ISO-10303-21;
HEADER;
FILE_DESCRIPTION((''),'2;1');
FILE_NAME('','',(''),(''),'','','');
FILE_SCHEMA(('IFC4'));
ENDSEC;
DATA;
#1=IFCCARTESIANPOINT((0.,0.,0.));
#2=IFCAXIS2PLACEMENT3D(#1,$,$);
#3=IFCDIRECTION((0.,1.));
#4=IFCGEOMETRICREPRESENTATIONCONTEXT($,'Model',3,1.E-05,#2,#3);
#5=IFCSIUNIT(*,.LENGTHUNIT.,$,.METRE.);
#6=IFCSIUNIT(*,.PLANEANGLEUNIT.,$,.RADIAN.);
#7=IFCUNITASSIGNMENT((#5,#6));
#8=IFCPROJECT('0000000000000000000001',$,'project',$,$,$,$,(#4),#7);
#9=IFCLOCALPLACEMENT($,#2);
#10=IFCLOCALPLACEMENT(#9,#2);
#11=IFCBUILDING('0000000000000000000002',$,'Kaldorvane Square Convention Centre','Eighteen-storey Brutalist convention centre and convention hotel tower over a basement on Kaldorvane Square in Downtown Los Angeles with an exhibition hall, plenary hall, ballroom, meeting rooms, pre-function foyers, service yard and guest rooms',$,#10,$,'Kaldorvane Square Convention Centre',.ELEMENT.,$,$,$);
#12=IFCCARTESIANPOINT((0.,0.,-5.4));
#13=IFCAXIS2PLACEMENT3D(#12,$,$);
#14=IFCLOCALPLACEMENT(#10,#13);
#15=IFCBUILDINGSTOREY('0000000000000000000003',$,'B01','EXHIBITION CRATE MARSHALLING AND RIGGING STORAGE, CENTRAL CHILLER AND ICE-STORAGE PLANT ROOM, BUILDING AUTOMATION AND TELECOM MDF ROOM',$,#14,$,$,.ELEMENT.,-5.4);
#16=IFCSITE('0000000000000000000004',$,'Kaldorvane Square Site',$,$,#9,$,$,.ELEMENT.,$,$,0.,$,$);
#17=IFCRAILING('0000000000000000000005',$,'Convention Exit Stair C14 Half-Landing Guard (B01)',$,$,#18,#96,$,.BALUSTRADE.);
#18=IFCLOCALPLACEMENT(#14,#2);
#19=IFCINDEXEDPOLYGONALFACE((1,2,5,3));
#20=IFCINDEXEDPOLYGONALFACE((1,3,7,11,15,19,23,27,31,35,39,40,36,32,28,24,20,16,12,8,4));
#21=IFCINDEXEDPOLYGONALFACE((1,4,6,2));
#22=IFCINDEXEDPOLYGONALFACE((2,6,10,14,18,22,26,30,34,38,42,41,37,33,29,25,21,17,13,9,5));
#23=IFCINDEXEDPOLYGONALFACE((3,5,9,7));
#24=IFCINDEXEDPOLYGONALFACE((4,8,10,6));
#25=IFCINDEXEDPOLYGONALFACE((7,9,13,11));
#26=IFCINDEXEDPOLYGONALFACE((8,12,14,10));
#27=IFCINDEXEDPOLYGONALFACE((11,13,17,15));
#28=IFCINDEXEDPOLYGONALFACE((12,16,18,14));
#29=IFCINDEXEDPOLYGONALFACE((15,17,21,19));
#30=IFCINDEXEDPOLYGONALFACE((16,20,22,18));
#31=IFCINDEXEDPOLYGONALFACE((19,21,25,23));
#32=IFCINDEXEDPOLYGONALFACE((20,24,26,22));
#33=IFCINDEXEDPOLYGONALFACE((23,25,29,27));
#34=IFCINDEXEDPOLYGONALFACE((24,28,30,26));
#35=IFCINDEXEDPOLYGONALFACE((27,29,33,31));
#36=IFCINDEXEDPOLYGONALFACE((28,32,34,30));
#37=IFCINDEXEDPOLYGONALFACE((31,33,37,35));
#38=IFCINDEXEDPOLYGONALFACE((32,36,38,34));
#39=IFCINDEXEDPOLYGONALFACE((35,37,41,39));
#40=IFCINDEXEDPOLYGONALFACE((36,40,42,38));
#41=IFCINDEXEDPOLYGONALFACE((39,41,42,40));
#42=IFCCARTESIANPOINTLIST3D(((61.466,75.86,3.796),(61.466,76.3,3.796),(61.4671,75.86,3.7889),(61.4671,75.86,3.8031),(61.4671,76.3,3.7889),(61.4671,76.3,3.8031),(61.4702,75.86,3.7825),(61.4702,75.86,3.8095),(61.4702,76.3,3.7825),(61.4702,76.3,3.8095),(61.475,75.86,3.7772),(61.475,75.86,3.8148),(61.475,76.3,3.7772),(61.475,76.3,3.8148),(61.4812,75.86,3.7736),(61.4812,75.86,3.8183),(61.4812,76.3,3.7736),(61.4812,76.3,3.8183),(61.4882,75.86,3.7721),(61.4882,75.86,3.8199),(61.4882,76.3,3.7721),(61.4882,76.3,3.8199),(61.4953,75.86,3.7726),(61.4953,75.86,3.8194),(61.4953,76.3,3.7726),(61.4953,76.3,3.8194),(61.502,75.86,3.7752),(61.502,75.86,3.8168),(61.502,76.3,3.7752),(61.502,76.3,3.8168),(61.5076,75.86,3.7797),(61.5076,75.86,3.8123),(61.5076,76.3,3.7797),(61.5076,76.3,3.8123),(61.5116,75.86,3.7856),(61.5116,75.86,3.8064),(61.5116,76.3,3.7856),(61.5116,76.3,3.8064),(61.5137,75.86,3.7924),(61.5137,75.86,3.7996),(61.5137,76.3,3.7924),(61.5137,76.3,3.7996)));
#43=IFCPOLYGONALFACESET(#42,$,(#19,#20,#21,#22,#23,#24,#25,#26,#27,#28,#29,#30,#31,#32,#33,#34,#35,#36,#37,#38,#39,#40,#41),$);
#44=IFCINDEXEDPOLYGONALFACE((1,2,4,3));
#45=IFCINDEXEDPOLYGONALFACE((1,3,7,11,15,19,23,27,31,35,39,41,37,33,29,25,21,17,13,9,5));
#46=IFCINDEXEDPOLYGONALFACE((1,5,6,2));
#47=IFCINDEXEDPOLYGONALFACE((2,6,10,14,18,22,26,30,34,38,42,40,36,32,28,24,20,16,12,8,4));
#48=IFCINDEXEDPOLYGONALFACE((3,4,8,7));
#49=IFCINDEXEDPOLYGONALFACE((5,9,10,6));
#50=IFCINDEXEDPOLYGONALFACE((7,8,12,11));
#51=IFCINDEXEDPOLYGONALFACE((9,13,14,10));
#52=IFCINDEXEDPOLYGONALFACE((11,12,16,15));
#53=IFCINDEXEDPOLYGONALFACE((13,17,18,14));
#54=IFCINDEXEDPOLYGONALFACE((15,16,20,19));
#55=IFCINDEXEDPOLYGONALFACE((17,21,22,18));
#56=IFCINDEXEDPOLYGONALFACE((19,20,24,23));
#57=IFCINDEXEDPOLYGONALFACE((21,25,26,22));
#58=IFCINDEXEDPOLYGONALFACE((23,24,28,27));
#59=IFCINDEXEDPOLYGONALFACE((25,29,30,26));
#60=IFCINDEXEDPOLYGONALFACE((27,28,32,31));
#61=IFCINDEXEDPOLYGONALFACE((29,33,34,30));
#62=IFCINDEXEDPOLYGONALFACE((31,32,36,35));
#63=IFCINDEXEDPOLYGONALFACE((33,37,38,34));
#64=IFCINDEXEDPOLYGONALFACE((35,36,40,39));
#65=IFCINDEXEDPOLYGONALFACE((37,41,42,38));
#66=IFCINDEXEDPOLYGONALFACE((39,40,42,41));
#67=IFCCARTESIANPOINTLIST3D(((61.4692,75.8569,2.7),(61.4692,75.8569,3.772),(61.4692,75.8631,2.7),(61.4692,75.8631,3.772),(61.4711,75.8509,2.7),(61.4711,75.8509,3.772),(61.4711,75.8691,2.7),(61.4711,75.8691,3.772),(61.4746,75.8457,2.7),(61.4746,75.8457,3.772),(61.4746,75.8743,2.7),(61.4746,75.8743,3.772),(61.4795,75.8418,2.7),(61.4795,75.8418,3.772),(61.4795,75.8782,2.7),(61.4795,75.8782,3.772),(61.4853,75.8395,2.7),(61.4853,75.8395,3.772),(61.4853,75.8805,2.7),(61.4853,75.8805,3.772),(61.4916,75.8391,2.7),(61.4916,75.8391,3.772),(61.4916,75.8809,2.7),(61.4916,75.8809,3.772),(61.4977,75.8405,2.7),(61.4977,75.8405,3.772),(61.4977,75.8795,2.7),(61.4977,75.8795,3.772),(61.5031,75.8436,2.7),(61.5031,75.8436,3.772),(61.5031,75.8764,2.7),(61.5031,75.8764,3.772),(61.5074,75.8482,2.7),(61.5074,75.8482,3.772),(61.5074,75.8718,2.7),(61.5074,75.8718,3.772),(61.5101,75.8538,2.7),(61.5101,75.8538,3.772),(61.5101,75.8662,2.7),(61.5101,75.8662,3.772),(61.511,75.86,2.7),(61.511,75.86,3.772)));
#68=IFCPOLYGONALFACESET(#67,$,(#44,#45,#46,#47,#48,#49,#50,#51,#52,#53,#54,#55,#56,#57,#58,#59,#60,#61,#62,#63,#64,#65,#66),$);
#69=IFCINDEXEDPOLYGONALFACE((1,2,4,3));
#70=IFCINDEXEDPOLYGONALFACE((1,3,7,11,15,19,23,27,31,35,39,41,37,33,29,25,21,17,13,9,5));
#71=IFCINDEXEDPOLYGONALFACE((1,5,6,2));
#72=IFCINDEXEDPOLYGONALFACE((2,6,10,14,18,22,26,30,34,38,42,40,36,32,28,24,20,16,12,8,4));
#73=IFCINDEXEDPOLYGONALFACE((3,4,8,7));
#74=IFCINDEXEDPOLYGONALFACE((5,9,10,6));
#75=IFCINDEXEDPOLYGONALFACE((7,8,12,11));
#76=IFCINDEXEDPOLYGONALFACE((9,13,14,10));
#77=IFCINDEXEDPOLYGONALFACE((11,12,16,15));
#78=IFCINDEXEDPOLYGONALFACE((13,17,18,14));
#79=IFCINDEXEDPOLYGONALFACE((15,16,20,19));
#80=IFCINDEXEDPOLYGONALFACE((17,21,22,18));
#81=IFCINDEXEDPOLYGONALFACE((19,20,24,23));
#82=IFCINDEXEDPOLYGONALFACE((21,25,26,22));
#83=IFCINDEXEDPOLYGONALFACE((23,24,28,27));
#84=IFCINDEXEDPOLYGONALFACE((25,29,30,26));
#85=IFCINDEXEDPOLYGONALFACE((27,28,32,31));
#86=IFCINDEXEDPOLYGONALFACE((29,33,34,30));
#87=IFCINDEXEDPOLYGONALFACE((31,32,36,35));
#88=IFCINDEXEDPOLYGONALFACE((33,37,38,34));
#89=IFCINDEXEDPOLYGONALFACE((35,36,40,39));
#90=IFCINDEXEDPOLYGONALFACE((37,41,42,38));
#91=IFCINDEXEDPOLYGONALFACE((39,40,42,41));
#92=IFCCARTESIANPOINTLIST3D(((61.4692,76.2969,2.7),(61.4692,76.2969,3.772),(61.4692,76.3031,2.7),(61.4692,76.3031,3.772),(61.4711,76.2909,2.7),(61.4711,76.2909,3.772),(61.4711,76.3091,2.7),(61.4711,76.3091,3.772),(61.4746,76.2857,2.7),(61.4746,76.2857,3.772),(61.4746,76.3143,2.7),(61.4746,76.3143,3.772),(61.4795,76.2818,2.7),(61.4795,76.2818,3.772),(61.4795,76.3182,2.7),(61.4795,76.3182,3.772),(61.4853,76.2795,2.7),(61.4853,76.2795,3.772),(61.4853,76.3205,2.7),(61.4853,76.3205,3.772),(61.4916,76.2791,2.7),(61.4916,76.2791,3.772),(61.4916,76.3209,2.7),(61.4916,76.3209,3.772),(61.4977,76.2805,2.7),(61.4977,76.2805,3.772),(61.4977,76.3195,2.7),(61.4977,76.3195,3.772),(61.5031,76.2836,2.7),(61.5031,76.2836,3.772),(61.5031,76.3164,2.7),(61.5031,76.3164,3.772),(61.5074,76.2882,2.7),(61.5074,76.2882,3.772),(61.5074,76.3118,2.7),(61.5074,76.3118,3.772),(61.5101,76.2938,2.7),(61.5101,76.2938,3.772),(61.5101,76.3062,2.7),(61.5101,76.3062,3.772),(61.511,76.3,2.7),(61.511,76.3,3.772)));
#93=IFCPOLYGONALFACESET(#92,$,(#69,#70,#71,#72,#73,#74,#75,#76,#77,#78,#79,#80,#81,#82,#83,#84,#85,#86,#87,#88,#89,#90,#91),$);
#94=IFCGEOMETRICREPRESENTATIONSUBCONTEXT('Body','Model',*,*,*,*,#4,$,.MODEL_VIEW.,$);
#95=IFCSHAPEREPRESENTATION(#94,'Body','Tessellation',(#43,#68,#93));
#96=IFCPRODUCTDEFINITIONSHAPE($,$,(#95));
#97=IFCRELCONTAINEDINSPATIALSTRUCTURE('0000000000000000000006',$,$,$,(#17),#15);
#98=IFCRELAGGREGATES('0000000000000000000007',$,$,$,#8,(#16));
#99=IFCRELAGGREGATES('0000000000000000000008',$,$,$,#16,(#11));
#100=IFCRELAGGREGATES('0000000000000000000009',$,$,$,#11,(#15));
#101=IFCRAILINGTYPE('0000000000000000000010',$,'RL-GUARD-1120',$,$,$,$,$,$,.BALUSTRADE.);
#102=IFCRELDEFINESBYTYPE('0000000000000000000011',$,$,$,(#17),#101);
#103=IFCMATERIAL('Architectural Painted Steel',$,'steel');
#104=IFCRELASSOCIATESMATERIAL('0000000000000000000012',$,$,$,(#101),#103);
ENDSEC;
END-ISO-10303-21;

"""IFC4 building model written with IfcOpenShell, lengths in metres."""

from ifc_helpers import new_model, si_unit, direction, frame, origin, origin_2d, place, context, subcontext, project, spatial, circle, extrude, material, type_object, element, save


model = new_model("IFC4")

# Units and contexts
model_context = context("Model", 3, precision=1e-05, world=origin(), true_north=direction((0.0, 1.0)))
body_context = subcontext(model_context, "Body", "Model", "MODEL_VIEW")
ifc_project = project(units=[si_unit("LENGTHUNIT", "METRE"), si_unit("PLANEANGLEUNIT", "RADIAN")], contexts=[model_context])

# Site, building, storey
site_placement = place(None, origin())
site = spatial("IfcSite", under=ifc_project, at=site_placement, Name="Kaldorvane Square Site", CompositionType="ELEMENT", RefElevation=0.0)
building_placement = place(site_placement, origin())
building = spatial("IfcBuilding", under=site, at=building_placement, Name="Kaldorvane Square Convention Centre", Description="Eighteen-storey Brutalist convention centre and convention hotel tower over a basement on Kaldorvane Square in Downtown Los Angeles with an exhibition hall, plenary hall, ballroom, meeting rooms, pre-function foyers, service yard and guest rooms", LongName="Kaldorvane Square Convention Centre", CompositionType="ELEMENT")
storey_placement = place(building_placement, frame((0.0, 0.0, -5.4)))
storey = spatial("IfcBuildingStorey", under=building, at=storey_placement, Name="B01", Description="EXHIBITION CRATE MARSHALLING AND RIGGING STORAGE, CENTRAL CHILLER AND ICE-STORAGE PLANT ROOM, BUILDING AUTOMATION AND TELECOM MDF ROOM", CompositionType="ELEMENT", Elevation=-5.4)

# Railing
ifc_material_1 = material(Name="Architectural Painted Steel", Category="steel")
railing_type_1 = type_object("IfcRailingType", Name="RL-GUARD-1120", PredefinedType="BALUSTRADE", material=ifc_material_1)
railing_1_placement = place(storey_placement, frame((61.49, 75.86, 2.7)))
element("IfcRailing", 1, at=railing_1_placement, inside=storey, type_object=railing_type_1, Name="Convention Exit Stair C14 Half-Landing Guard (B01)", PredefinedType="BALUSTRADE", context=body_context, shape_type="SweptSolid", body=[
    extrude(circle(Radius=0.024, at=origin_2d()), frame((0.0, 0.0, 1.096), z_axis=(0.0, 1.0, 0.0), x_axis=(-1.0, 0.0, 0.0)), (0.0, 0.0, 1.0), 0.44),
    extrude(circle(Radius=0.021, at=origin_2d()), origin(), (0.0, 0.0, 1.0), 1.072),
    extrude(circle(Radius=0.021, at=origin_2d()), frame((0.0, 0.44, 0.0)), (0.0, 0.0, 1.0), 1.072),
])

save(model, "model.ifc")
